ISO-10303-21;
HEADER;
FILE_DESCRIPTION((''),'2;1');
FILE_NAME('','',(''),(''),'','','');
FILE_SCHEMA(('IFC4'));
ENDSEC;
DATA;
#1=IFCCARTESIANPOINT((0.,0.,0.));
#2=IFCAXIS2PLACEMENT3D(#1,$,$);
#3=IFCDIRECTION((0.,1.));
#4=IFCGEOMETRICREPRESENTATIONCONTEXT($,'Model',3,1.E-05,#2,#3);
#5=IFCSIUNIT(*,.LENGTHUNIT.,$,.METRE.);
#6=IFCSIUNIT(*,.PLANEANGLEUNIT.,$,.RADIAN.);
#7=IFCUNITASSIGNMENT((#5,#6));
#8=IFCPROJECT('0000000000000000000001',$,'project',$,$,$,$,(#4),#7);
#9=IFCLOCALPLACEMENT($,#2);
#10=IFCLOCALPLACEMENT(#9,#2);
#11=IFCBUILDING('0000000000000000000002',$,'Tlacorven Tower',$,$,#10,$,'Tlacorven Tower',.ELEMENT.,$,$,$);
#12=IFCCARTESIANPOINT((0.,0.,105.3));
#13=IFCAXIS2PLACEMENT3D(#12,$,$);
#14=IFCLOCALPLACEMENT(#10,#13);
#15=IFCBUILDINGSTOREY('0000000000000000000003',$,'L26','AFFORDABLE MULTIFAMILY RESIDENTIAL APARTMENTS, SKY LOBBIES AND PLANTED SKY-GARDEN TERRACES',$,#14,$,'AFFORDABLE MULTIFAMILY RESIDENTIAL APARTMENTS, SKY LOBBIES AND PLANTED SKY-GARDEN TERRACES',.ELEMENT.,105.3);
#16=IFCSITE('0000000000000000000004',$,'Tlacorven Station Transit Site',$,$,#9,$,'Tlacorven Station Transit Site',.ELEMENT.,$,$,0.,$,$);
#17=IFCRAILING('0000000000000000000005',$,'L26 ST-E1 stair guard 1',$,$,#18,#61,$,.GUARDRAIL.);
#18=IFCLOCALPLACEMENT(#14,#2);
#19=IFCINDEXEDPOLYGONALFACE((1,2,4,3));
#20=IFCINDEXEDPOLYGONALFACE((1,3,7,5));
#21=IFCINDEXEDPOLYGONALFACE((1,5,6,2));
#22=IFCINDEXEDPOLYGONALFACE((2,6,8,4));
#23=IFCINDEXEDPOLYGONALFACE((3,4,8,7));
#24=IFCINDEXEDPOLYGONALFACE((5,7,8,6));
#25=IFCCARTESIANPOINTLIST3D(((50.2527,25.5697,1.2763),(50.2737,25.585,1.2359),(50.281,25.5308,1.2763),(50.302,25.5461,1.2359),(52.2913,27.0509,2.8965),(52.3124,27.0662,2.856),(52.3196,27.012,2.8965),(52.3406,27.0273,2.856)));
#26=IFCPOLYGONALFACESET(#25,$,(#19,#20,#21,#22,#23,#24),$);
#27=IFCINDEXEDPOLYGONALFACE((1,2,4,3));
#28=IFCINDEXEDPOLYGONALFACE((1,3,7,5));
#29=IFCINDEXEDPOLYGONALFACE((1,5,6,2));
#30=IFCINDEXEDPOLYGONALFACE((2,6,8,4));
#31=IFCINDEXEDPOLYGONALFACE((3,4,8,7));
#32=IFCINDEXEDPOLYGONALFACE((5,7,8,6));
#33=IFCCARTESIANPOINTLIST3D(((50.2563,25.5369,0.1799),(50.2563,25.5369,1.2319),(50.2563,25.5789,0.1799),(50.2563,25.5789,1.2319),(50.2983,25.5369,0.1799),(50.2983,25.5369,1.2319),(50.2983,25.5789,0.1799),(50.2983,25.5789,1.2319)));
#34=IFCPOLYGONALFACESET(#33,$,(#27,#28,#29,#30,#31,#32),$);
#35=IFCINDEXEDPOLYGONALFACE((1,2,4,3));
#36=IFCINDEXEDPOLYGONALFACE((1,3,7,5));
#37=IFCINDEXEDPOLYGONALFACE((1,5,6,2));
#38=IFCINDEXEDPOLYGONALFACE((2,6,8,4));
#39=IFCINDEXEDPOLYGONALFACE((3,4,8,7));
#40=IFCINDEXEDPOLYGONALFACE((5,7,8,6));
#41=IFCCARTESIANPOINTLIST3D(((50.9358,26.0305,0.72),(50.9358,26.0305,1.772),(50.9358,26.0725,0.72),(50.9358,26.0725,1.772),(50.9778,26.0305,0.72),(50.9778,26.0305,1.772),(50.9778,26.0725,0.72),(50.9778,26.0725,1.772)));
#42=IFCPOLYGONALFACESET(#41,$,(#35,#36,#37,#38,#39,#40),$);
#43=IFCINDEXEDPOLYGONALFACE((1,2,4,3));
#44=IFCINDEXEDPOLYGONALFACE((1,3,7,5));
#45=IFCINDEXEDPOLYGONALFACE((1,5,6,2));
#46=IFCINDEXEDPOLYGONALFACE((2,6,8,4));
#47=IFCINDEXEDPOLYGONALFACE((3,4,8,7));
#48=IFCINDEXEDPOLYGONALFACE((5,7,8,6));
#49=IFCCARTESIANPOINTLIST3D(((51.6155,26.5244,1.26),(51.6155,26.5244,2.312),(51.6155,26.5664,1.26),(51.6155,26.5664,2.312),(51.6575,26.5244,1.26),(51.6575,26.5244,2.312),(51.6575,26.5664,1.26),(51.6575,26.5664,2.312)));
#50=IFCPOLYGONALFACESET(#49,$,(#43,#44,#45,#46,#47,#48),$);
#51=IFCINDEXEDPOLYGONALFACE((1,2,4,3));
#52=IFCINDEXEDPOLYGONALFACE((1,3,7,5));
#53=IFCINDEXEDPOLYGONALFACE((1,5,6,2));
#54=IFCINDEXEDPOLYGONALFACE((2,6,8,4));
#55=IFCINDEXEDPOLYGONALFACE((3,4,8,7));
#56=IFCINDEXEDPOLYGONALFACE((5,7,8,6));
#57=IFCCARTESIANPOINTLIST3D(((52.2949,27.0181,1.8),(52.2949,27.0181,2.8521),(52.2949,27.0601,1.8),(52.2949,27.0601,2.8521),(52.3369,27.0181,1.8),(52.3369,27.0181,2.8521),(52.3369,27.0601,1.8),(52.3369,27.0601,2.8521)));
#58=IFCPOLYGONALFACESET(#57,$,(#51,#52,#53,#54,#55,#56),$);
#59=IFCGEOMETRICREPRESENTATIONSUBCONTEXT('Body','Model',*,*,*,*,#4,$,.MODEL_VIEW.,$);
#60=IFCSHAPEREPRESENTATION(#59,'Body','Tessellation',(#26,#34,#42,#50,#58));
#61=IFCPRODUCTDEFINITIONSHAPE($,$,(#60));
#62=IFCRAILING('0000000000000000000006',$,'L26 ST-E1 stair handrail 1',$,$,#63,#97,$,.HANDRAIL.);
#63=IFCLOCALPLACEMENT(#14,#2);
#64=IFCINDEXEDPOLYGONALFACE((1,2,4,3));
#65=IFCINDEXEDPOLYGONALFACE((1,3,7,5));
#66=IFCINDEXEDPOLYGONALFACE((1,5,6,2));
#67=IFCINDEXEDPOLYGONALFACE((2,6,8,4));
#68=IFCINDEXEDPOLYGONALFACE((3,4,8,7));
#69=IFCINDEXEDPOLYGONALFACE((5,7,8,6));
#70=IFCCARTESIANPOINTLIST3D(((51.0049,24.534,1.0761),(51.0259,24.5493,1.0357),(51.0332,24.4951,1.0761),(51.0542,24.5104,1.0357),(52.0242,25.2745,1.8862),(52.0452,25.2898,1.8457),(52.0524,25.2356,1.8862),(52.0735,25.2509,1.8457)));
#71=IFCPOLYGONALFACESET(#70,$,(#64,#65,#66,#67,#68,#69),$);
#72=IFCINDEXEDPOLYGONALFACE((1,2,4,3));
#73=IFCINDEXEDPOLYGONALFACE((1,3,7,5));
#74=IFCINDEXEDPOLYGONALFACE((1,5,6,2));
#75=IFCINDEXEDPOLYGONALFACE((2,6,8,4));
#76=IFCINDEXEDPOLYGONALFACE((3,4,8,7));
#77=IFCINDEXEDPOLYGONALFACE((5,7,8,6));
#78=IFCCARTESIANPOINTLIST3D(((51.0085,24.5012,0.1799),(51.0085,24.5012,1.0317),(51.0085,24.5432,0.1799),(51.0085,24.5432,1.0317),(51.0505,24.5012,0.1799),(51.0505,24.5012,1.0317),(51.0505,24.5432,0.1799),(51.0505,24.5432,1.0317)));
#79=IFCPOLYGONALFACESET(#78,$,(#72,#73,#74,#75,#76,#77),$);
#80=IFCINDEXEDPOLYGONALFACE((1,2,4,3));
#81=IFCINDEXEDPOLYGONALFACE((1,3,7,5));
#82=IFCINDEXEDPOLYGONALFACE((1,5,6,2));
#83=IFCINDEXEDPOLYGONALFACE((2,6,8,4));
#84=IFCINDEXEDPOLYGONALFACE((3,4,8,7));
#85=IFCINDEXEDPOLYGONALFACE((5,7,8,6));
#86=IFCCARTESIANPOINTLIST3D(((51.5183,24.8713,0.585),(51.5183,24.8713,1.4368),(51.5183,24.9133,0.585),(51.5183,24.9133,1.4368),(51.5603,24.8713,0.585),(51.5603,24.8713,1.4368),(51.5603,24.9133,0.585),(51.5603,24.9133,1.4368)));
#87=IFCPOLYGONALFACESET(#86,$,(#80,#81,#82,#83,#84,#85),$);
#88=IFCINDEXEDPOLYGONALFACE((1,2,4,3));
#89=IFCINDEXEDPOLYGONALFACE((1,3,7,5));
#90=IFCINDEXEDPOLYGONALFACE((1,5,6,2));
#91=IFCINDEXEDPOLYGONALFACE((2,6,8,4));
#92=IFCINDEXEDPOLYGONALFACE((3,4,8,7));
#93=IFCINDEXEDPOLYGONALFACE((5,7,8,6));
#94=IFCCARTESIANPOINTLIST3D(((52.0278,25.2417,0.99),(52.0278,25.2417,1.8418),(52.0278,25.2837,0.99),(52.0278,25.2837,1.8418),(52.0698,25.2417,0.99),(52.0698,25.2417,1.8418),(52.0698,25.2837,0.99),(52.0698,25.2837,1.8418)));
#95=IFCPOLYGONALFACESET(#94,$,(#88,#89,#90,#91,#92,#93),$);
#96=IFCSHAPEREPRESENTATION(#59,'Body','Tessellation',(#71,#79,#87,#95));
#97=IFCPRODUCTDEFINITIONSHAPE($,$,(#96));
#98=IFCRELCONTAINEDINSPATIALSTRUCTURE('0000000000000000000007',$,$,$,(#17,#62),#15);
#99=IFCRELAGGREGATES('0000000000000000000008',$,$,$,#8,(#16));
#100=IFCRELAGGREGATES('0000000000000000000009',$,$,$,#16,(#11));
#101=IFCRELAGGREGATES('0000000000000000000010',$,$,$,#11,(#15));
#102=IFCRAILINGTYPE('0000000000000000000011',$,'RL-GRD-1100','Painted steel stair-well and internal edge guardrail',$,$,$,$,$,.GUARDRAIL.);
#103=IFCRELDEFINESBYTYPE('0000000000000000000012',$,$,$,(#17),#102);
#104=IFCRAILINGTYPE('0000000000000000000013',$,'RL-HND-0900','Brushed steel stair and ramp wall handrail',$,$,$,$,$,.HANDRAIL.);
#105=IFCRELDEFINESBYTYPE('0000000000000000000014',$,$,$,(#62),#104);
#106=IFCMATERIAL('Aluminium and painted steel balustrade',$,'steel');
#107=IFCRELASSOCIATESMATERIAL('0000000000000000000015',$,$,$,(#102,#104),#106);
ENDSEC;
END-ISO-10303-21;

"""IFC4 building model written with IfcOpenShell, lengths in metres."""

from ifc_helpers import new_model, si_unit, direction, frame, origin, origin_2d, place, context, subcontext, project, spatial, rectangle, extrude, source, transform, mapped, material, type_object, element, save


model = new_model("IFC4")

# Units and contexts
model_context = context("Model", 3, precision=1e-05, world=origin(), true_north=direction((0.0, 1.0)))
body_context = subcontext(model_context, "Body", "Model", "MODEL_VIEW")
ifc_project = project(units=[si_unit("LENGTHUNIT", "METRE"), si_unit("PLANEANGLEUNIT", "RADIAN")], contexts=[model_context])

# Site, building, storey
site_placement = place(None, origin())
site = spatial("IfcSite", under=ifc_project, at=site_placement, Name="Tlacorven Station Transit Site", LongName="Tlacorven Station Transit Site", CompositionType="ELEMENT", RefElevation=0.0)
building_placement = place(site_placement, origin())
building = spatial("IfcBuilding", under=site, at=building_placement, Name="Tlacorven Tower", LongName="Tlacorven Tower", CompositionType="ELEMENT")
storey_placement = place(building_placement, frame((0.0, 0.0, 105.3)))
storey = spatial("IfcBuildingStorey", under=building, at=storey_placement, Name="L26", Description="AFFORDABLE MULTIFAMILY RESIDENTIAL APARTMENTS, SKY LOBBIES AND PLANTED SKY-GARDEN TERRACES", LongName="AFFORDABLE MULTIFAMILY RESIDENTIAL APARTMENTS, SKY LOBBIES AND PLANTED SKY-GARDEN TERRACES", CompositionType="ELEMENT", Elevation=105.3)

# Railings
ifc_material_1 = material(Name="Aluminium and painted steel balustrade", Category="steel")
railing_type_1 = type_object("IfcRailingType", Name="RL-GRD-1100", Description="Painted steel stair-well and internal edge guardrail", PredefinedType="GUARDRAIL", material=ifc_material_1)
railing_type_2 = type_object("IfcRailingType", Name="RL-HND-0900", Description="Brushed steel stair and ramp wall handrail", PredefinedType="HANDRAIL", material=ifc_material_1)
shared_shape_1 = source(origin(), body_context, "Body", "SweptSolid", [
    extrude(rectangle(XDim=0.0481, YDim=0.0481, at=origin_2d()), frame((0.0, 0.0, 1.0762), z_axis=(0.680489, 0.494434, 0.540805), x_axis=(-0.587809, 0.809, 0.0)), (0.0, 0.0, 1.0), 2.9958),
    extrude(rectangle(XDim=0.042, YDim=0.042, at=origin_2d()), origin(), (0.0, 0.0, 1.0), 1.052),
    extrude(rectangle(XDim=0.042, YDim=0.042, at=origin_2d()), frame((0.6794, 0.4937, 0.54)), (0.0, 0.0, 1.0), 1.052),
    extrude(rectangle(XDim=0.042, YDim=0.042, at=origin_2d()), frame((1.3591, 0.9875, 1.0801)), (0.0, 0.0, 1.0), 1.052),
    extrude(rectangle(XDim=0.042, YDim=0.042, at=origin_2d()), frame((2.0386, 1.4812, 1.6201)), (0.0, 0.0, 1.0), 1.052),
])
railing_1_placement = place(storey_placement, frame((50.2773, 25.5579, 0.1799)))
element("IfcRailing", 1, at=railing_1_placement, inside=storey, type_object=railing_type_1, Name="L26 ST-E1 stair guard 1", PredefinedType="GUARDRAIL", context=body_context, shape_type="MappedRepresentation", body=[
    mapped(shared_shape_1, transform((0.0, 0.0, 0.0), scale=1.0)),
])
shared_shape_2 = source(origin(), body_context, "Body", "SweptSolid", [
    extrude(rectangle(XDim=0.0481, YDim=0.0481, at=origin_2d()), frame((0.0, 0.0, 0.876), z_axis=(0.680516, 0.494373, 0.540827), x_axis=(-0.587745, 0.809046, 0.0)), (0.0, 0.0, 1.0), 1.4978),
    extrude(rectangle(XDim=0.042, YDim=0.042, at=origin_2d()), origin(), (0.0, 0.0, 1.0), 0.8518),
    extrude(rectangle(XDim=0.042, YDim=0.042, at=origin_2d()), frame((0.5098, 0.3701, 0.405)), (0.0, 0.0, 1.0), 0.8518),
    extrude(rectangle(XDim=0.042, YDim=0.042, at=origin_2d()), frame((1.0193, 0.7405, 0.8101)), (0.0, 0.0, 1.0), 0.8518),
])
railing_2_placement = place(storey_placement, frame((51.0295, 24.5222, 0.1799)))
element("IfcRailing", 2, at=railing_2_placement, inside=storey, type_object=railing_type_2, Name="L26 ST-E1 stair handrail 1", PredefinedType="HANDRAIL", context=body_context, shape_type="MappedRepresentation", body=[
    mapped(shared_shape_2, transform((0.0, 0.0, 0.0), scale=1.0)),
])

save(model, "model.ifc")
